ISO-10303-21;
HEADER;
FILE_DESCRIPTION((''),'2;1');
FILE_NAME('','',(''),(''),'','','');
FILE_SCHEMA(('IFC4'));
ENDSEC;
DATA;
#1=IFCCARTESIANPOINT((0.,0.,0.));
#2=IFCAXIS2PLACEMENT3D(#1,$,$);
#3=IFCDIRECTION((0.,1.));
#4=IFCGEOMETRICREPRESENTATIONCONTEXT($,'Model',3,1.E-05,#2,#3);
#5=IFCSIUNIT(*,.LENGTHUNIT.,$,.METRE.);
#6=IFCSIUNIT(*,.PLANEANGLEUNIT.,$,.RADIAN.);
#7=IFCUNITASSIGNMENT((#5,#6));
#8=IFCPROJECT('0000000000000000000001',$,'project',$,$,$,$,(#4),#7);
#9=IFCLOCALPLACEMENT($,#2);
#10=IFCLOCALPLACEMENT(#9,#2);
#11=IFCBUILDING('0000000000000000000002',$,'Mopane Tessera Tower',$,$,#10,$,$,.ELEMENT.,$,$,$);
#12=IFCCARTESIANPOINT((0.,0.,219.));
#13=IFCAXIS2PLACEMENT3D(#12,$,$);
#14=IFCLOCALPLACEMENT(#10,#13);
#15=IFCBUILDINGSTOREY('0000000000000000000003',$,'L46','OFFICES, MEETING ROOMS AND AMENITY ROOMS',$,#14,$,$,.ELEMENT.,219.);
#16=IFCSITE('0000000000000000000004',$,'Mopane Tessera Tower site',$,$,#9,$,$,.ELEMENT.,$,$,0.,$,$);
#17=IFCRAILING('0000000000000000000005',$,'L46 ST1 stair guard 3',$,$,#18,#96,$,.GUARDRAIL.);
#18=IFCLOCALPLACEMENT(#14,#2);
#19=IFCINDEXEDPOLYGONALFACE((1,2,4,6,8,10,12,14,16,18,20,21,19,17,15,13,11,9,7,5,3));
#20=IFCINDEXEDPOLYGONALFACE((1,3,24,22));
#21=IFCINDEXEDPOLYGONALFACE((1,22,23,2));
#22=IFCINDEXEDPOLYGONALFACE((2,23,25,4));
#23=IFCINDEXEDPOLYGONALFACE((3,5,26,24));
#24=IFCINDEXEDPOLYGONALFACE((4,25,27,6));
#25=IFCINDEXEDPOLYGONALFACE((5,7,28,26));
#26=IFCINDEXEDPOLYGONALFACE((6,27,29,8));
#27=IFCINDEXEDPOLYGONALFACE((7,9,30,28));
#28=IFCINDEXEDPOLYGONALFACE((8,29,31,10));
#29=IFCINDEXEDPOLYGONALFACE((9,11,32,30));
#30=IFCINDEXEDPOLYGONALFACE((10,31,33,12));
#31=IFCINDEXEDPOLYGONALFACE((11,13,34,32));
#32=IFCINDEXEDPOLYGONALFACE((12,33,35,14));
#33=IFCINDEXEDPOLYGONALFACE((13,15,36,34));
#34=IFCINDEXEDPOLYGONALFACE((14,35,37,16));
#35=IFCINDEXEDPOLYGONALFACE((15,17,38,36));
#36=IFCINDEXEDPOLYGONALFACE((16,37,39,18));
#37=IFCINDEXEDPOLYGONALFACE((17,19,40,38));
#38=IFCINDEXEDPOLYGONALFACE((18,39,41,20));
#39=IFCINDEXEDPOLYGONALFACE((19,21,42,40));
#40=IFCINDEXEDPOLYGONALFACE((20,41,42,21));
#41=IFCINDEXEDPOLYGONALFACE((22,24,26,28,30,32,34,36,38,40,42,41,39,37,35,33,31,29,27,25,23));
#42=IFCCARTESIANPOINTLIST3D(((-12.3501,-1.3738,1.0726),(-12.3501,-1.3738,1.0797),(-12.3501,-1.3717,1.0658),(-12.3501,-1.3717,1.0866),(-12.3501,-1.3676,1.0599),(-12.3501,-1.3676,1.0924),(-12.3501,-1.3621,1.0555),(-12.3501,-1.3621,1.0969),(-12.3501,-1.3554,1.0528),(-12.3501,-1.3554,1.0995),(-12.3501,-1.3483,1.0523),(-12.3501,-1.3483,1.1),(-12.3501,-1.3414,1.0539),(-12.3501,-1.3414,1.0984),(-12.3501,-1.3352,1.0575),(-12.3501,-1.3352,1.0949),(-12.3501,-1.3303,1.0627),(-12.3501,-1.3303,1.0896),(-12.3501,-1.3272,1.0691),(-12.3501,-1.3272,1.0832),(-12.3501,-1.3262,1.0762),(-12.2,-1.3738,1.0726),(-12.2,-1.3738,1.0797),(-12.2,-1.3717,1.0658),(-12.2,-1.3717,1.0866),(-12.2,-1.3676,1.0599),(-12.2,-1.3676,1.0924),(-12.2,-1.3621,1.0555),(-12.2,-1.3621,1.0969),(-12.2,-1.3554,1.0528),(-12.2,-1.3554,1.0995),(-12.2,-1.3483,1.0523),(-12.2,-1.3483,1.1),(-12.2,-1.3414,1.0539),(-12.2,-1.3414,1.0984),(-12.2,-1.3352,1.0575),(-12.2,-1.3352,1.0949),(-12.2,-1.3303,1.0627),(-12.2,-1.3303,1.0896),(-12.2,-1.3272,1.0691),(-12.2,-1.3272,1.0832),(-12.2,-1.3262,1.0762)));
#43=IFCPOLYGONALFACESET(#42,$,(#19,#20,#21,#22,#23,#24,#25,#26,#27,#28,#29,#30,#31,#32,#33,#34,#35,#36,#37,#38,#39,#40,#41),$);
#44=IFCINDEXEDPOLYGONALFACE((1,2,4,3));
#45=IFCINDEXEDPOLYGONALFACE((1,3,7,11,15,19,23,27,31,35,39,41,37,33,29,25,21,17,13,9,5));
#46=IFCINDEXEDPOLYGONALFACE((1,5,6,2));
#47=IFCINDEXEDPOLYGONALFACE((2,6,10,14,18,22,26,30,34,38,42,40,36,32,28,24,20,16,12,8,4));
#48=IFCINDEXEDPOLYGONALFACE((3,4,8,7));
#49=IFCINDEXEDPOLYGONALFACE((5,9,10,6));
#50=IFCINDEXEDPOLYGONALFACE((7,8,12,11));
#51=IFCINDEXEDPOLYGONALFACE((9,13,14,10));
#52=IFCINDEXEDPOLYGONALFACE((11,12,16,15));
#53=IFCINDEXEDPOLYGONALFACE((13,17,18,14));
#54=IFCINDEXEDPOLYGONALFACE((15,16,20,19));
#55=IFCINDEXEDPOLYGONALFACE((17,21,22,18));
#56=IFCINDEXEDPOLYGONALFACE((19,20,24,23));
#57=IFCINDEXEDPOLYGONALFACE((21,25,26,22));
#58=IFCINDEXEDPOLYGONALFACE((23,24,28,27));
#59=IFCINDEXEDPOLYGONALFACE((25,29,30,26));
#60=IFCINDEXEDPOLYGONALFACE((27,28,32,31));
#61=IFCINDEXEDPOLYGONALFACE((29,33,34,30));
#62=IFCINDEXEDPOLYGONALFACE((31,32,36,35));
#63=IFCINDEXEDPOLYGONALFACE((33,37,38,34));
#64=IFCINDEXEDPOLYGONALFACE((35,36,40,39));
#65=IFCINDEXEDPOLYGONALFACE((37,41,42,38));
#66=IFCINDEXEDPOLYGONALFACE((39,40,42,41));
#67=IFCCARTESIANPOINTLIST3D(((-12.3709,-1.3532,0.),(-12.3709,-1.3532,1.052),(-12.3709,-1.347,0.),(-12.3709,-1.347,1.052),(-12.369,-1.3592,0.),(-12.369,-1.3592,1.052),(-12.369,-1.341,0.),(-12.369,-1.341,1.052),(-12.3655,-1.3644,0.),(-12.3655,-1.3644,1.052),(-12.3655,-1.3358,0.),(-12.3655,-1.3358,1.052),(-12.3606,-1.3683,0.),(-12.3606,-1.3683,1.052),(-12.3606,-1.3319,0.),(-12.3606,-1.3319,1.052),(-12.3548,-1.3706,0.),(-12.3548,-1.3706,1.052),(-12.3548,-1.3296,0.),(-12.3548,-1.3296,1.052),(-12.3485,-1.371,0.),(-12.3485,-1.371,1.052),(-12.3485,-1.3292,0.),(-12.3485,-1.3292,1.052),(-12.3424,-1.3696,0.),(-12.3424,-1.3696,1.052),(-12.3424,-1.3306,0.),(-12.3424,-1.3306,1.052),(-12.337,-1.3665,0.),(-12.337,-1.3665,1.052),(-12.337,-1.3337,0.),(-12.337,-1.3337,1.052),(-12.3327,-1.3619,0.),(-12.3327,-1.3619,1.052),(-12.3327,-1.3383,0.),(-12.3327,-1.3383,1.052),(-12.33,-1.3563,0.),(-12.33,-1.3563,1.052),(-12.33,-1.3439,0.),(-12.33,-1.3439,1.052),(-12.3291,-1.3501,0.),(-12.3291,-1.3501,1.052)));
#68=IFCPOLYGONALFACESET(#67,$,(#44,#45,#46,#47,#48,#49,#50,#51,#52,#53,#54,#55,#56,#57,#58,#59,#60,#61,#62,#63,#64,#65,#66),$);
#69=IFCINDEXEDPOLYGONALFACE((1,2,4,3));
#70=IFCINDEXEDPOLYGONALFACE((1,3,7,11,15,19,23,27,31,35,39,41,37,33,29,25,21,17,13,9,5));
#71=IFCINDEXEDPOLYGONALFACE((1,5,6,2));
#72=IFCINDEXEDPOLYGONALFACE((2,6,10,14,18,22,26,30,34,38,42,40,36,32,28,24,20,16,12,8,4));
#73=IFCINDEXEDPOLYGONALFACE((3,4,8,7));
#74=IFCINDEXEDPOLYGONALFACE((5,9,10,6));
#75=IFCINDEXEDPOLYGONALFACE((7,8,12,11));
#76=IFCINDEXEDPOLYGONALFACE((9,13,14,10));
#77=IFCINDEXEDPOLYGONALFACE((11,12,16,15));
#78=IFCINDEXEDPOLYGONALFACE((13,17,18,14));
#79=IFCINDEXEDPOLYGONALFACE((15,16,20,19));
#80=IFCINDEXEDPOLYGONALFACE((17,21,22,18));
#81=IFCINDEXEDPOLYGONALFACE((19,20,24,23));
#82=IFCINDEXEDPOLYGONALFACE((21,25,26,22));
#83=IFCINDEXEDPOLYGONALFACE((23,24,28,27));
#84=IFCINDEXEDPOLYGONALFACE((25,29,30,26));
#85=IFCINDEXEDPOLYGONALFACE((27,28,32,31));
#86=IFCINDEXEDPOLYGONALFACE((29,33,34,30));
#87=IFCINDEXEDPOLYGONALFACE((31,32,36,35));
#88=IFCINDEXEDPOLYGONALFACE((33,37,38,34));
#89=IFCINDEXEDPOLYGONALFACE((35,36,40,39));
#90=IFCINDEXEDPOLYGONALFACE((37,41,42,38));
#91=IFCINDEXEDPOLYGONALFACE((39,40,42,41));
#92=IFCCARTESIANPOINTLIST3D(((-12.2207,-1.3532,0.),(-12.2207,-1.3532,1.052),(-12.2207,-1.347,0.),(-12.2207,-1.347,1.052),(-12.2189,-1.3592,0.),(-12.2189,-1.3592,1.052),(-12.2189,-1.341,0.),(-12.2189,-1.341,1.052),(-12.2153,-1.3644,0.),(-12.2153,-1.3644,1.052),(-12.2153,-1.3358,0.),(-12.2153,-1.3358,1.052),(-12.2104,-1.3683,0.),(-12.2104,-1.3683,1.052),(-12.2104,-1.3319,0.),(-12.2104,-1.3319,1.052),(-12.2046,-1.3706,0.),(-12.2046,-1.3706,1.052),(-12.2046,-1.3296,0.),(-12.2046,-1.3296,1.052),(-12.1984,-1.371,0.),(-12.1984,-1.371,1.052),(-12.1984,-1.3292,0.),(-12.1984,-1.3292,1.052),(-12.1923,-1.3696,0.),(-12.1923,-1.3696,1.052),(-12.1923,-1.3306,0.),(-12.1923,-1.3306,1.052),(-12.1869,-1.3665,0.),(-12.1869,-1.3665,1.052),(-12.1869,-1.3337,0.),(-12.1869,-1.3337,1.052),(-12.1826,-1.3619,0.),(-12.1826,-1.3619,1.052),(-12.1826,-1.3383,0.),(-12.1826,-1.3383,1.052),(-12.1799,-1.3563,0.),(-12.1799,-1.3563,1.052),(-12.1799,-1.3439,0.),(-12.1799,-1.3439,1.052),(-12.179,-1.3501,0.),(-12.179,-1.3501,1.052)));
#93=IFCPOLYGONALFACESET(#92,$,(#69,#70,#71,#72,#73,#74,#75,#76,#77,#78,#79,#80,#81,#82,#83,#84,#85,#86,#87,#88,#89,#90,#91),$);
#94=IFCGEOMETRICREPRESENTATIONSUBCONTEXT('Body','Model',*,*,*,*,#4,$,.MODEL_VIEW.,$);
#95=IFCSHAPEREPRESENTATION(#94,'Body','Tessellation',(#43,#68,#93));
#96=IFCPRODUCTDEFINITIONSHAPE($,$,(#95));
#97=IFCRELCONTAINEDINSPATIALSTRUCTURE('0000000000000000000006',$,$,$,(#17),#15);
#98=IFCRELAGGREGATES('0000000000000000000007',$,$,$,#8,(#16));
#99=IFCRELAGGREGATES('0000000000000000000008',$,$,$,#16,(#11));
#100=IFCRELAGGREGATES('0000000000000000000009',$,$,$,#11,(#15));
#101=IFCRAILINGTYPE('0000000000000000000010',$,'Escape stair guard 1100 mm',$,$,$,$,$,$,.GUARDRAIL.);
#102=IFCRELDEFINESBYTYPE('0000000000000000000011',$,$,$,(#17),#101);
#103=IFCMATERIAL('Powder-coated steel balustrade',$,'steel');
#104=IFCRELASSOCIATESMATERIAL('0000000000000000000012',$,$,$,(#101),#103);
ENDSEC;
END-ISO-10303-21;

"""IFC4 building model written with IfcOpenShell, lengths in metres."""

from ifc_helpers import new_model, si_unit, direction, frame, origin, origin_2d, place, context, subcontext, project, spatial, circle, extrude, material, type_object, element, save


model = new_model("IFC4")

# Units and contexts
model_context = context("Model", 3, precision=1e-05, world=origin(), true_north=direction((0.0, 1.0)))
body_context = subcontext(model_context, "Body", "Model", "MODEL_VIEW")
ifc_project = project(units=[si_unit("LENGTHUNIT", "METRE"), si_unit("PLANEANGLEUNIT", "RADIAN")], contexts=[model_context])

# Site, building, storey
site_placement = place(None, origin())
site = spatial("IfcSite", under=ifc_project, at=site_placement, Name="Mopane Tessera Tower site", CompositionType="ELEMENT", RefElevation=0.0)
building_placement = place(site_placement, origin())
building = spatial("IfcBuilding", under=site, at=building_placement, Name="Mopane Tessera Tower", CompositionType="ELEMENT")
storey_placement = place(building_placement, frame((0.0, 0.0, 219.0)))
storey = spatial("IfcBuildingStorey", under=building, at=storey_placement, Name="L46", Description="OFFICES, MEETING ROOMS AND AMENITY ROOMS", CompositionType="ELEMENT", Elevation=219.0)

# Railing
ifc_material_1 = material(Name="Powder-coated steel balustrade", Category="steel")
railing_type_1 = type_object("IfcRailingType", Name="Escape stair guard 1100 mm", PredefinedType="GUARDRAIL", material=ifc_material_1)
railing_1_placement = place(storey_placement, frame((-12.3501, -1.3501, 0.0)))
element("IfcRailing", 1, at=railing_1_placement, inside=storey, type_object=railing_type_1, Name="L46 ST1 stair guard 3", PredefinedType="GUARDRAIL", context=body_context, shape_type="SweptSolid", body=[
    extrude(circle(Radius=0.0239, at=origin_2d()), frame((0.0, 0.0, 1.0762), z_axis=(1.0, 0.0, 0.0), x_axis=(0.0, 1.0, 0.0)), (0.0, 0.0, 1.0), 0.1501),
    extrude(circle(Radius=0.021, at=origin_2d()), origin(), (0.0, 0.0, 1.0), 1.052),
    extrude(circle(Radius=0.021, at=origin_2d()), frame((0.1501, 0.0, 0.0)), (0.0, 0.0, 1.0), 1.052),
])

save(model, "model.ifc")
